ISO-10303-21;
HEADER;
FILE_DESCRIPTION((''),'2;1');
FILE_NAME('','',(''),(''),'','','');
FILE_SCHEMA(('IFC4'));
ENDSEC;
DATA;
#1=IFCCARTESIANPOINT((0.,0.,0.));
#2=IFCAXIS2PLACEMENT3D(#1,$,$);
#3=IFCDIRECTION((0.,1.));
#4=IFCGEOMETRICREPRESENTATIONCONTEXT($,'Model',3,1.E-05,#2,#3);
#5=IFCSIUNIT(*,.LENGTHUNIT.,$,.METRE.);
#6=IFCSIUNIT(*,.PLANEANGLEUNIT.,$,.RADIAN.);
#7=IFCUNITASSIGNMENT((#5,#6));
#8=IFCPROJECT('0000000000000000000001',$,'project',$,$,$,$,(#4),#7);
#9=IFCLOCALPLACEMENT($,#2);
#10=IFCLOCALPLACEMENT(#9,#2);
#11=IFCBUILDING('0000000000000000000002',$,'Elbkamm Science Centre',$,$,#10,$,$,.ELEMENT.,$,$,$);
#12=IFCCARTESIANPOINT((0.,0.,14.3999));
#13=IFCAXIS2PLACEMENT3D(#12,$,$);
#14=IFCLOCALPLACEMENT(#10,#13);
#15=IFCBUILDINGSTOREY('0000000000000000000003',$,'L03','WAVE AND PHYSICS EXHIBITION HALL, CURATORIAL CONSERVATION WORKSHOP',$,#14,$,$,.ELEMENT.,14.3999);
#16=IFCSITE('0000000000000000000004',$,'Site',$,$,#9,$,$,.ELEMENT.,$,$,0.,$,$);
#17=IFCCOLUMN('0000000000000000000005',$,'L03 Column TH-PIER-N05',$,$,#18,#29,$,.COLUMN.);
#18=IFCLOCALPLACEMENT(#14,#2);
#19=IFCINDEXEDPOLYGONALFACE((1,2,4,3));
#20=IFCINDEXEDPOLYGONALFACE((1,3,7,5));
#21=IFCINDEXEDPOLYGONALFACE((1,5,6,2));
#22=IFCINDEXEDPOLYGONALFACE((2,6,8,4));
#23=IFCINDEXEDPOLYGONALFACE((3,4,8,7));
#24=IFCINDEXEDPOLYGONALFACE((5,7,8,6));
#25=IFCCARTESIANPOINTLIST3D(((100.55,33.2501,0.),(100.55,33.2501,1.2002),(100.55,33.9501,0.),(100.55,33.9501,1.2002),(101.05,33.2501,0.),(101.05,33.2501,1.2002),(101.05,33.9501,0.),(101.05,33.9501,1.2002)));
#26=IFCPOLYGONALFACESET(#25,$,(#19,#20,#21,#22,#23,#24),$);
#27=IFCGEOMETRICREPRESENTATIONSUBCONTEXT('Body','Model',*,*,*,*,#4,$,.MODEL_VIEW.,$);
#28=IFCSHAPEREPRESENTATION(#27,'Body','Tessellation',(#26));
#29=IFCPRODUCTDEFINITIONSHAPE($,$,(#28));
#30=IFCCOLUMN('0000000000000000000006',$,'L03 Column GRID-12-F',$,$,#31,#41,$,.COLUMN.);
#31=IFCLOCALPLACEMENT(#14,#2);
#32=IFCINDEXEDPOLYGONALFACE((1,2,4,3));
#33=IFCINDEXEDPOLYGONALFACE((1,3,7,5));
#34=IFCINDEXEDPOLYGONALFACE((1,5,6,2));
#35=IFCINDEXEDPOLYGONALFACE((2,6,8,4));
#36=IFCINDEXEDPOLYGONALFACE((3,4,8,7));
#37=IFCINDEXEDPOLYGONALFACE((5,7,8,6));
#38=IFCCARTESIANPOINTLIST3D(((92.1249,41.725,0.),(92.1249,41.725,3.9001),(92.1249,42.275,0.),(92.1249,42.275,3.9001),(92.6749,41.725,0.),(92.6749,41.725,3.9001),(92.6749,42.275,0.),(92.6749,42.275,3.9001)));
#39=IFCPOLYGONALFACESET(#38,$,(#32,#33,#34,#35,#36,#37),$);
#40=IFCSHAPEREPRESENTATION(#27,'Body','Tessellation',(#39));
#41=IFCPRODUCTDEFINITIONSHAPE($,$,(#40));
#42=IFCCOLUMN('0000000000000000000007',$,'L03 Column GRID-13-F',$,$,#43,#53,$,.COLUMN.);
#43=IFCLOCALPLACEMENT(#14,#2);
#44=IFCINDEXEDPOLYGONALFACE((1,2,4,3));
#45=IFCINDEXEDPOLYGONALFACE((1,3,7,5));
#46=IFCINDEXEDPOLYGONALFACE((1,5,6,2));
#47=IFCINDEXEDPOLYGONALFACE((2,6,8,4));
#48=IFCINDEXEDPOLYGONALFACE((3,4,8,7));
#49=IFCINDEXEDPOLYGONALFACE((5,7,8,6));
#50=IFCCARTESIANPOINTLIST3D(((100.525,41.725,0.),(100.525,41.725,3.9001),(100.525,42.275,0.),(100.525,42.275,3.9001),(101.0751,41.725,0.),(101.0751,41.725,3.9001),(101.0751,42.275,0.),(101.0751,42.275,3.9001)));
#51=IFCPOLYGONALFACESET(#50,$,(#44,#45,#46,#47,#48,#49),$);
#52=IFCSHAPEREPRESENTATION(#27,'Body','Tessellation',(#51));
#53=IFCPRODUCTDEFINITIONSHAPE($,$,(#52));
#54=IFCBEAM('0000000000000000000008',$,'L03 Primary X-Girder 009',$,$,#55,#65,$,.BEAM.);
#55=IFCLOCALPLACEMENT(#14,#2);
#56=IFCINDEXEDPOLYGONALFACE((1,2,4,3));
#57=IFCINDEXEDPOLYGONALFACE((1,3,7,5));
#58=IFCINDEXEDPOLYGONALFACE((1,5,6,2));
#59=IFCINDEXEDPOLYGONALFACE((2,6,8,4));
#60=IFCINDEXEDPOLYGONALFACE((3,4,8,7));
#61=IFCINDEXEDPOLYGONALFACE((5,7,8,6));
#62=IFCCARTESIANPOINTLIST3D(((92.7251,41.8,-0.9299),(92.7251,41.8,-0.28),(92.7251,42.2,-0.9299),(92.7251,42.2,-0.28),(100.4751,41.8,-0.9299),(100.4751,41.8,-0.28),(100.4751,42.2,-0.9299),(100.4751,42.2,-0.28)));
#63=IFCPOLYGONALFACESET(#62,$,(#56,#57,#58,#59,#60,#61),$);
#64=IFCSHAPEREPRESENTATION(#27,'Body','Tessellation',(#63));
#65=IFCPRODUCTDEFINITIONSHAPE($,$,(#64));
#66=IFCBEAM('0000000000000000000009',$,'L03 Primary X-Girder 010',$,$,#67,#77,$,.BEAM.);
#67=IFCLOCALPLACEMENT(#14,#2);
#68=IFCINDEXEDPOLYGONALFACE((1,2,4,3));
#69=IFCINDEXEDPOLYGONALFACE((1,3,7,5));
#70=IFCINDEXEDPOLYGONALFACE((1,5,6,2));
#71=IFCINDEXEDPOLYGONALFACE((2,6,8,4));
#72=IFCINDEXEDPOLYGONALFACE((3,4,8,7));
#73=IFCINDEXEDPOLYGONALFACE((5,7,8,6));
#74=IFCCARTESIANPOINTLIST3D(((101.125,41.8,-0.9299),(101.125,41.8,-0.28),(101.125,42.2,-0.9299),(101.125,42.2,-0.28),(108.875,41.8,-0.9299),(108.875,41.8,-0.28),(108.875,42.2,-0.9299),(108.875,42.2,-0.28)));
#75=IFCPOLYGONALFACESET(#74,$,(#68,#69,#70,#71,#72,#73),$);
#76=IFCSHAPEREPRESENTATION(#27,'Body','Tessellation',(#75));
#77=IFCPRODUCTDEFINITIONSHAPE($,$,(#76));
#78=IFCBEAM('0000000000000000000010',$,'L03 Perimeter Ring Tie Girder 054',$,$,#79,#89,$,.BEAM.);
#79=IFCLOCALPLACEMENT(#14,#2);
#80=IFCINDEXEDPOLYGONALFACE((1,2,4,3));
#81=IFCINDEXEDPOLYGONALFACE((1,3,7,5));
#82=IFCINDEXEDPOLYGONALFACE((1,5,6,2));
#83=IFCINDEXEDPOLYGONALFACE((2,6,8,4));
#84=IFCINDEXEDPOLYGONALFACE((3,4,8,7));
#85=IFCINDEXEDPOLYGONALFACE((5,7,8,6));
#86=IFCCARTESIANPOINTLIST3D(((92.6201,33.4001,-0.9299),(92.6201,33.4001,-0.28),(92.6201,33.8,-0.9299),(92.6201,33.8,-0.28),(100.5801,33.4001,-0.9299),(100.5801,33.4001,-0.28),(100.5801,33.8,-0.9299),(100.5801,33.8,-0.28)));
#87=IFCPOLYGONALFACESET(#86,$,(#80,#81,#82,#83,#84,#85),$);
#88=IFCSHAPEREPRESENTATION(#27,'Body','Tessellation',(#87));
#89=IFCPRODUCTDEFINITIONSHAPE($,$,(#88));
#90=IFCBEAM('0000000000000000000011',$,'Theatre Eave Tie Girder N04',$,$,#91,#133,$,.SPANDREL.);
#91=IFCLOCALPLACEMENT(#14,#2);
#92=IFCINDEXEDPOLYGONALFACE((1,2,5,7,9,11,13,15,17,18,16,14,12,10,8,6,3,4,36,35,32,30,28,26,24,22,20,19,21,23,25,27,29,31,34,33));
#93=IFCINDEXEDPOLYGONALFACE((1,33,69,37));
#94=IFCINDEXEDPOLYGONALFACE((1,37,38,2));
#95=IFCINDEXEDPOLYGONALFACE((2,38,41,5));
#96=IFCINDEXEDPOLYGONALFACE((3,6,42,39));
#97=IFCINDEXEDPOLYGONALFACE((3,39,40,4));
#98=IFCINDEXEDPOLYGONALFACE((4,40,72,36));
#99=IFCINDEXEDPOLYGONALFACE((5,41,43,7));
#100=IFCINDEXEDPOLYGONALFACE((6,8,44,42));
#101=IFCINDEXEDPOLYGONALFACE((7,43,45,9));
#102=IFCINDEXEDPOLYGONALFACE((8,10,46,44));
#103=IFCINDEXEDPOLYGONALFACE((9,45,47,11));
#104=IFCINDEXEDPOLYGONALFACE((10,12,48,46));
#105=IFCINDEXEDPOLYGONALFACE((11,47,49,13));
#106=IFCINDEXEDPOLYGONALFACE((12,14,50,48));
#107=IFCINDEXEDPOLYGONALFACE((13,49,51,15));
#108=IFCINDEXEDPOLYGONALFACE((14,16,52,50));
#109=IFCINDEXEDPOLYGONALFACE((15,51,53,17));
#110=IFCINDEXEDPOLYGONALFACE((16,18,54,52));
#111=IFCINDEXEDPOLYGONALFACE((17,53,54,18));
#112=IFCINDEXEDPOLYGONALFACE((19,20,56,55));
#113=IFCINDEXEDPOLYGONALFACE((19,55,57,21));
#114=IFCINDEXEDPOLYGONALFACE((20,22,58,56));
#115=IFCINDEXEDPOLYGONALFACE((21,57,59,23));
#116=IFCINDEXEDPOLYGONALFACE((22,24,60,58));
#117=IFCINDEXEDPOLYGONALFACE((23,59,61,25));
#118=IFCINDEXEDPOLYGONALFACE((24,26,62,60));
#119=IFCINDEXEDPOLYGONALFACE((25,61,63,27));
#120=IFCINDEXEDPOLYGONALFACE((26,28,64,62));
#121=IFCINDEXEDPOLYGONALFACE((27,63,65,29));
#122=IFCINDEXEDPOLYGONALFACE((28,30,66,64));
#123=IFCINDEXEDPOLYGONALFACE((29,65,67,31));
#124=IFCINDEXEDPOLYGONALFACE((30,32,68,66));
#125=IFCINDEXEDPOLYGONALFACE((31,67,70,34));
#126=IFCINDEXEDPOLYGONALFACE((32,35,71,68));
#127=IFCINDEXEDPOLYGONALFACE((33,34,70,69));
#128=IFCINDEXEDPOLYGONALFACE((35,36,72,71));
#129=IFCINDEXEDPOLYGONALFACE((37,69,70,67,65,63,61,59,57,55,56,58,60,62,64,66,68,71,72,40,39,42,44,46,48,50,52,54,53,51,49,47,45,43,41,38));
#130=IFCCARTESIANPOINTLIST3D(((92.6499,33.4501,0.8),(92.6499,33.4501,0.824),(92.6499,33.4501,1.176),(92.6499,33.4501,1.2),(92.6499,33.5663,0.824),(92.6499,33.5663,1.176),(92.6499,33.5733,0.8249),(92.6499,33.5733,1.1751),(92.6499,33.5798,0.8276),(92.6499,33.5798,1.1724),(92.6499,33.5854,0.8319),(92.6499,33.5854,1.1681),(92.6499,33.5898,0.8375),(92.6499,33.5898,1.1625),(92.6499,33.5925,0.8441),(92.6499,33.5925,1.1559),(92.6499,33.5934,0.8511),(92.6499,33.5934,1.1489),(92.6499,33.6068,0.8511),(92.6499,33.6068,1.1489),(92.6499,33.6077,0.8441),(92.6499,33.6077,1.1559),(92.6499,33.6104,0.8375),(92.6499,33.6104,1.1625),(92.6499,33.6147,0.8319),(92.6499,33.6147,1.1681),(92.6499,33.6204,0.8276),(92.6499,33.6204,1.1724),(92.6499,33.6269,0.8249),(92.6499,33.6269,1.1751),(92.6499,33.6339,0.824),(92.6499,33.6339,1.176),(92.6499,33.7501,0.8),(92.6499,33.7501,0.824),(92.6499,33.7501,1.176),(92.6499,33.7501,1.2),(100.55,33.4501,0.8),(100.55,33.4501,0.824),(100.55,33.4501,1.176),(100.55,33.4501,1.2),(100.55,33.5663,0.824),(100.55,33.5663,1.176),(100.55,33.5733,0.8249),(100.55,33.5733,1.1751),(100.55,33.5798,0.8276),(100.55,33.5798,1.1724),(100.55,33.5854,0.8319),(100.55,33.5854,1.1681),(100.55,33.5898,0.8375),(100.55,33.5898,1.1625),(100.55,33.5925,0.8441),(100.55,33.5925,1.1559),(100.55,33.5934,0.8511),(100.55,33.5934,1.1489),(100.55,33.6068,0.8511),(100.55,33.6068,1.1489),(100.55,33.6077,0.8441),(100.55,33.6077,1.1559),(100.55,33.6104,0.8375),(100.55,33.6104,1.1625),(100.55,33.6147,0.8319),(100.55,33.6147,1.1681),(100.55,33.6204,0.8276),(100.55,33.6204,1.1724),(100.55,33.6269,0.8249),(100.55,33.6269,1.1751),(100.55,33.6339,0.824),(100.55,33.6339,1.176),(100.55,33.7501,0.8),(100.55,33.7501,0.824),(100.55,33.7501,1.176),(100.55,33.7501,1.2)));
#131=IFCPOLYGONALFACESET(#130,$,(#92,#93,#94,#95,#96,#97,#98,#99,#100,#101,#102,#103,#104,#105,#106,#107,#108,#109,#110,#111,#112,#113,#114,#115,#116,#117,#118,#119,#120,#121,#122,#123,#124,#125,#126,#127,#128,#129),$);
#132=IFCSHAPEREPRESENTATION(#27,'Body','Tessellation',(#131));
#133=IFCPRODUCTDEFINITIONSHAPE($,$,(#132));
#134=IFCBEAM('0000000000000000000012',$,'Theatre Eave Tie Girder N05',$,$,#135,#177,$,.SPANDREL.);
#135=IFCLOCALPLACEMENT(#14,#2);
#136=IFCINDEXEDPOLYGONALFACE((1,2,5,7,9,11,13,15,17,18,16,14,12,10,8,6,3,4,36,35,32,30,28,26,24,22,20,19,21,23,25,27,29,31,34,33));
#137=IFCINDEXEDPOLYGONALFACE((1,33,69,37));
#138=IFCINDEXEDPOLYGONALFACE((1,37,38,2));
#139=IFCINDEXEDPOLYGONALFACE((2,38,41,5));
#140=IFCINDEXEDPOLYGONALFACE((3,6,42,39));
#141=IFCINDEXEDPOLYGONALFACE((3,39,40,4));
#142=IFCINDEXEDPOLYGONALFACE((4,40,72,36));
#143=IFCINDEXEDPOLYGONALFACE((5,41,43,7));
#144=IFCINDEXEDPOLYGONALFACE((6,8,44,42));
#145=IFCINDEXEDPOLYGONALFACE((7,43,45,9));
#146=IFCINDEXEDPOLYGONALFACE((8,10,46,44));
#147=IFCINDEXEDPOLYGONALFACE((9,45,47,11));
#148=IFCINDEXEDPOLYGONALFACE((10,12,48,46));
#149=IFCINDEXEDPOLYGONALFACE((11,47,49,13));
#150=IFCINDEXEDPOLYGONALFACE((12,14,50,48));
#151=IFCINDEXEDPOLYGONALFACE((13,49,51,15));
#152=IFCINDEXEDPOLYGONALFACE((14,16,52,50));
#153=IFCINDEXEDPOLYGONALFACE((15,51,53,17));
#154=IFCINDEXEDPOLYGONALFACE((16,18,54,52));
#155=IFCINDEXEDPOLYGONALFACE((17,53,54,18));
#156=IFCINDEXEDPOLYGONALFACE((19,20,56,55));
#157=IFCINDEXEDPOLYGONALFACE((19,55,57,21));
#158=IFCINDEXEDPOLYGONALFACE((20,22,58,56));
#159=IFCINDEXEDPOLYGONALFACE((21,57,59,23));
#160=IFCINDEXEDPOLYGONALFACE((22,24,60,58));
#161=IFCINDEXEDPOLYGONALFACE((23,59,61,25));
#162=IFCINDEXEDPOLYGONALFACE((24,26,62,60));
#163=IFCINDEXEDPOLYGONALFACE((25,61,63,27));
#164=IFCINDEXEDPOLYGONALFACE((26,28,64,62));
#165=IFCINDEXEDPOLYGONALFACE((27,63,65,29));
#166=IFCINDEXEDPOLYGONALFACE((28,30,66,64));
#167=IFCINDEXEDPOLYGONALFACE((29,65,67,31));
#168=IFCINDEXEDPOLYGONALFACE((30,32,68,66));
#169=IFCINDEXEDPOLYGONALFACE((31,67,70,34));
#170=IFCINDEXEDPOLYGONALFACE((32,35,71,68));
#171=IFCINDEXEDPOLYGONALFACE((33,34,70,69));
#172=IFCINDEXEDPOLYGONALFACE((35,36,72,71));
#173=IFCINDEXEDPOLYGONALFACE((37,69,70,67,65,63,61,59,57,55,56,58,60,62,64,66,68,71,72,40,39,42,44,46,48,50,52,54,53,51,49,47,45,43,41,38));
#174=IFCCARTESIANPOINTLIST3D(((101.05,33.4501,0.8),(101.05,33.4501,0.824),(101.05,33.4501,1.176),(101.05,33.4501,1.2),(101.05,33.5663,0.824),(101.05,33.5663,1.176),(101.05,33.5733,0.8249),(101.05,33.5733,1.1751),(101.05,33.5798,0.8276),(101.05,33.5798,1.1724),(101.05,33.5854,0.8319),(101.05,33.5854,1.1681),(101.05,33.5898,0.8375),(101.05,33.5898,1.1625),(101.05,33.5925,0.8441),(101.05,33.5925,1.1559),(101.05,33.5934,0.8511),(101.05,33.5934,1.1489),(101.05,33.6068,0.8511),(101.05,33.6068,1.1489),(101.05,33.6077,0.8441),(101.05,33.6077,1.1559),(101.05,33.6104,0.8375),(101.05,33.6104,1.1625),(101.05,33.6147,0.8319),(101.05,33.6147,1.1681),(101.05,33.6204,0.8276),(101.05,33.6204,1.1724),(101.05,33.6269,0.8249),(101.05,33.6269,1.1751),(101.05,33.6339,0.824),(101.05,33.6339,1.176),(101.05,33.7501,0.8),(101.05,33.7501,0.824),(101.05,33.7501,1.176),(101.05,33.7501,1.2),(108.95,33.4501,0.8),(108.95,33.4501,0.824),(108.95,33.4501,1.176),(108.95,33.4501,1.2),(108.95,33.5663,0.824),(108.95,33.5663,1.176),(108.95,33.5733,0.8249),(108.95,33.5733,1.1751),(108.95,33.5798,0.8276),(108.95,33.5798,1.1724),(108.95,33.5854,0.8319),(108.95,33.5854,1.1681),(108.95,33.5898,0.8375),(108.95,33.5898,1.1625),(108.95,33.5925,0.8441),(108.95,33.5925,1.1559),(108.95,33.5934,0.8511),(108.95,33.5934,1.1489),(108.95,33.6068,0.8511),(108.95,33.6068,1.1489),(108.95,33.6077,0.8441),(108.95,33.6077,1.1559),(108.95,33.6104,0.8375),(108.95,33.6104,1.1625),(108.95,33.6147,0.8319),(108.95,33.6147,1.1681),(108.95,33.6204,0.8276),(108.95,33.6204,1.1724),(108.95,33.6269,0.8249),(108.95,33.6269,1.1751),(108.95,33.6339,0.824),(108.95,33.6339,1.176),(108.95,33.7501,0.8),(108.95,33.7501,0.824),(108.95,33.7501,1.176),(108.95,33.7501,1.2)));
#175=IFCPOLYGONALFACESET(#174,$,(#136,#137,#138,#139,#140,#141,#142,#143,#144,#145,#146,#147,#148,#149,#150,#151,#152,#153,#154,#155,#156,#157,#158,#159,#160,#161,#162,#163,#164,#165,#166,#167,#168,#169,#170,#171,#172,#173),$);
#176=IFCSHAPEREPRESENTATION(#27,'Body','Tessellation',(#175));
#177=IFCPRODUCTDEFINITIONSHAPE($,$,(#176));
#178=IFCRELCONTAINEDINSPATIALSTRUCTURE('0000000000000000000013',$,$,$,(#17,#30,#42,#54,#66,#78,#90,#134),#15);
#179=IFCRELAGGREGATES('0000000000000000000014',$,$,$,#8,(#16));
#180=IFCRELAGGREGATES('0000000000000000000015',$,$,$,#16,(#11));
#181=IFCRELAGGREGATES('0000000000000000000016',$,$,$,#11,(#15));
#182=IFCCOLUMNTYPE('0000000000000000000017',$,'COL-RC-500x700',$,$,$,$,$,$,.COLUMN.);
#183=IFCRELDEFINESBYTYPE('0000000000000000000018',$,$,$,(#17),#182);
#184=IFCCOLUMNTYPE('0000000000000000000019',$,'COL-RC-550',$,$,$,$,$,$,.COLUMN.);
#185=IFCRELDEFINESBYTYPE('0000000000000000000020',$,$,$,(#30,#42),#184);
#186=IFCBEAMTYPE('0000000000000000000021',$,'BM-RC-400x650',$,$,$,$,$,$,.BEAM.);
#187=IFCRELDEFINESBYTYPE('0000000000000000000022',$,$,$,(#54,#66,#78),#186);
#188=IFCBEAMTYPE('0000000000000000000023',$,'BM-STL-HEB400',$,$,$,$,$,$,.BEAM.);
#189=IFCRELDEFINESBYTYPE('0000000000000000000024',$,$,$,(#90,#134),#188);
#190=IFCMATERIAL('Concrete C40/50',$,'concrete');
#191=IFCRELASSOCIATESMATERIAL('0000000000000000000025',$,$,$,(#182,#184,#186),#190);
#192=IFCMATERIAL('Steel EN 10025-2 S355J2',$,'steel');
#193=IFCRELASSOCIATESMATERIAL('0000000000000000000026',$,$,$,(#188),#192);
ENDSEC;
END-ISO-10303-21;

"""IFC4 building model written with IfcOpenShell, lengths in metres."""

from ifc_helpers import new_model, si_unit, direction, frame, origin, origin_2d, place, context, subcontext, project, spatial, rectangle, i_section, extrude, material, material_profile, profile_set, type_object, element, save


model = new_model("IFC4")

# Units and contexts
model_context = context("Model", 3, precision=1e-05, world=origin(), true_north=direction((0.0, 1.0)))
body_context = subcontext(model_context, "Body", "Model", "MODEL_VIEW")
ifc_project = project(units=[si_unit("LENGTHUNIT", "METRE"), si_unit("PLANEANGLEUNIT", "RADIAN")], contexts=[model_context])

# Site, building, storey
site_placement = place(None, origin())
site = spatial("IfcSite", under=ifc_project, at=site_placement, Name="Site", CompositionType="ELEMENT", RefElevation=0.0)
building_placement = place(site_placement, origin())
building = spatial("IfcBuilding", under=site, at=building_placement, Name="Elbkamm Science Centre", CompositionType="ELEMENT")
storey_placement = place(building_placement, frame((0.0, 0.0, 14.3999)))
storey = spatial("IfcBuildingStorey", under=building, at=storey_placement, Name="L03", Description="WAVE AND PHYSICS EXHIBITION HALL, CURATORIAL CONSERVATION WORKSHOP", CompositionType="ELEMENT", Elevation=14.3999)

# Columns
ifc_material_1 = material(Name="Concrete C40/50", Category="concrete")
ifc_material_profile_1 = material_profile(ifc_material_1, rectangle(XDim=0.5, YDim=0.7, at=origin_2d()), Name="RC 500x700")
ifc_profile_set_1 = profile_set([ifc_material_profile_1], Name="Concrete C40/50")
column_type_1 = type_object("IfcColumnType", Name="COL-RC-500x700", PredefinedType="COLUMN", material=ifc_profile_set_1)
column_placement = place(storey_placement, frame((100.8, 33.6001, 0.0), z_axis=(0.0, 0.0, 1.0), x_axis=(1.0, 0.0, 0.0)))
element("IfcColumn", 1, at=column_placement, inside=storey, type_object=column_type_1, Name="L03 Column TH-PIER-N05", PredefinedType="COLUMN", context=body_context, shape_type="SweptSolid", body=[
    extrude(rectangle(XDim=0.5, YDim=0.7, at=origin_2d()), origin(), (0.0, 0.0, 1.0), 1.2002),
])
ifc_material_profile_2 = material_profile(ifc_material_1, rectangle(XDim=0.55, YDim=0.55, at=origin_2d()), Name="RC 550x550")
ifc_profile_set_2 = profile_set([ifc_material_profile_2], Name="Concrete C40/50")
column_type_2 = type_object("IfcColumnType", Name="COL-RC-550", PredefinedType="COLUMN", material=ifc_profile_set_2)
for number, where, z_axis, x_axis, name in (
    (2, (92.3999, 42.0, 0.0), (0.0, 0.0, 1.0), (1.0, 0.0, 0.0), "L03 Column GRID-12-F"),
    (3, (100.8, 42.0, 0.0), (0.0, 0.0, 1.0), (1.0, 0.0, 0.0), "L03 Column GRID-13-F"),
):
    element("IfcColumn", number, at=place(storey_placement, frame(where, z_axis=z_axis, x_axis=x_axis)), inside=storey, type_object=column_type_2, Name=name, PredefinedType="COLUMN", context=body_context, shape_type="SweptSolid", body=[
        extrude(rectangle(XDim=0.55, YDim=0.55, at=origin_2d()), origin(), (0.0, 0.0, 1.0), 3.9001),
    ])

# Beams
ifc_material_profile_3 = material_profile(ifc_material_1, rectangle(XDim=0.3999, YDim=0.6499, at=origin_2d()), Name="RC 400x650")
ifc_profile_set_3 = profile_set([ifc_material_profile_3], Name="Concrete C40/50")
beam_type_1 = type_object("IfcBeamType", Name="BM-RC-400x650", PredefinedType="BEAM", material=ifc_profile_set_3)
for number, where, z_axis, x_axis, name in (
    (4, (92.7251, 42.0, -0.605), (1.0, 0.0, 0.0), (0.0, 1.0, 0.0), "L03 Primary X-Girder 009"),
    (5, (101.125, 42.0, -0.605), (1.0, 0.0, 0.0), (0.0, 1.0, 0.0), "L03 Primary X-Girder 010"),
):
    element("IfcBeam", number, at=place(storey_placement, frame(where, z_axis=z_axis, x_axis=x_axis)), inside=storey, type_object=beam_type_1, Name=name, PredefinedType="BEAM", context=body_context, shape_type="SweptSolid", body=[
        extrude(rectangle(XDim=0.3999, YDim=0.6499, at=origin_2d()), origin(), (0.0, 0.0, 1.0), 7.75),
    ])
beam_1_placement = place(storey_placement, frame((92.6201, 33.6001, -0.605), z_axis=(1.0, 0.0, 0.0), x_axis=(0.0, 1.0, 0.0)))
element("IfcBeam", 6, at=beam_1_placement, inside=storey, type_object=beam_type_1, Name="L03 Perimeter Ring Tie Girder 054", PredefinedType="BEAM", context=body_context, shape_type="SweptSolid", body=[
    extrude(rectangle(XDim=0.3999, YDim=0.6499, at=origin_2d()), origin(), (0.0, 0.0, 1.0), 7.96),
])
ifc_material_2 = material(Name="Steel EN 10025-2 S355J2", Category="steel")
ifc_material_profile_4 = material_profile(ifc_material_2, i_section(OverallWidth=0.3, OverallDepth=0.3999, WebThickness=0.0134, FlangeThickness=0.0239, FilletRadius=0.0271, at=origin_2d()), Name="HEB 400")
ifc_profile_set_4 = profile_set([ifc_material_profile_4], Name="Steel EN 10025-2 S355J2")
beam_type_2 = type_object("IfcBeamType", Name="BM-STL-HEB400", PredefinedType="BEAM", material=ifc_profile_set_4)
beam_2_placement = place(storey_placement, frame((92.6499, 33.6001, 1.0), z_axis=(1.0, 0.0, 0.0), x_axis=(0.0, 1.0, 0.0)))
element("IfcBeam", 7, at=beam_2_placement, inside=storey, type_object=beam_type_2, Name="Theatre Eave Tie Girder N04", PredefinedType="SPANDREL", context=body_context, shape_type="SweptSolid", body=[
    extrude(i_section(OverallWidth=0.3, OverallDepth=0.3999, WebThickness=0.0134, FlangeThickness=0.0239, FilletRadius=0.0271, at=origin_2d()), origin(), (0.0, 0.0, 1.0), 7.9001),
])
beam_3_placement = place(storey_placement, frame((101.05, 33.6001, 1.0), z_axis=(1.0, 0.0, 0.0), x_axis=(0.0, 1.0, 0.0)))
element("IfcBeam", 8, at=beam_3_placement, inside=storey, type_object=beam_type_2, Name="Theatre Eave Tie Girder N05", PredefinedType="SPANDREL", context=body_context, shape_type="SweptSolid", body=[
    extrude(i_section(OverallWidth=0.3, OverallDepth=0.3999, WebThickness=0.0134, FlangeThickness=0.0239, FilletRadius=0.0271, at=origin_2d()), origin(), (0.0, 0.0, 1.0), 7.8999),
])

save(model, "model.ifc")
